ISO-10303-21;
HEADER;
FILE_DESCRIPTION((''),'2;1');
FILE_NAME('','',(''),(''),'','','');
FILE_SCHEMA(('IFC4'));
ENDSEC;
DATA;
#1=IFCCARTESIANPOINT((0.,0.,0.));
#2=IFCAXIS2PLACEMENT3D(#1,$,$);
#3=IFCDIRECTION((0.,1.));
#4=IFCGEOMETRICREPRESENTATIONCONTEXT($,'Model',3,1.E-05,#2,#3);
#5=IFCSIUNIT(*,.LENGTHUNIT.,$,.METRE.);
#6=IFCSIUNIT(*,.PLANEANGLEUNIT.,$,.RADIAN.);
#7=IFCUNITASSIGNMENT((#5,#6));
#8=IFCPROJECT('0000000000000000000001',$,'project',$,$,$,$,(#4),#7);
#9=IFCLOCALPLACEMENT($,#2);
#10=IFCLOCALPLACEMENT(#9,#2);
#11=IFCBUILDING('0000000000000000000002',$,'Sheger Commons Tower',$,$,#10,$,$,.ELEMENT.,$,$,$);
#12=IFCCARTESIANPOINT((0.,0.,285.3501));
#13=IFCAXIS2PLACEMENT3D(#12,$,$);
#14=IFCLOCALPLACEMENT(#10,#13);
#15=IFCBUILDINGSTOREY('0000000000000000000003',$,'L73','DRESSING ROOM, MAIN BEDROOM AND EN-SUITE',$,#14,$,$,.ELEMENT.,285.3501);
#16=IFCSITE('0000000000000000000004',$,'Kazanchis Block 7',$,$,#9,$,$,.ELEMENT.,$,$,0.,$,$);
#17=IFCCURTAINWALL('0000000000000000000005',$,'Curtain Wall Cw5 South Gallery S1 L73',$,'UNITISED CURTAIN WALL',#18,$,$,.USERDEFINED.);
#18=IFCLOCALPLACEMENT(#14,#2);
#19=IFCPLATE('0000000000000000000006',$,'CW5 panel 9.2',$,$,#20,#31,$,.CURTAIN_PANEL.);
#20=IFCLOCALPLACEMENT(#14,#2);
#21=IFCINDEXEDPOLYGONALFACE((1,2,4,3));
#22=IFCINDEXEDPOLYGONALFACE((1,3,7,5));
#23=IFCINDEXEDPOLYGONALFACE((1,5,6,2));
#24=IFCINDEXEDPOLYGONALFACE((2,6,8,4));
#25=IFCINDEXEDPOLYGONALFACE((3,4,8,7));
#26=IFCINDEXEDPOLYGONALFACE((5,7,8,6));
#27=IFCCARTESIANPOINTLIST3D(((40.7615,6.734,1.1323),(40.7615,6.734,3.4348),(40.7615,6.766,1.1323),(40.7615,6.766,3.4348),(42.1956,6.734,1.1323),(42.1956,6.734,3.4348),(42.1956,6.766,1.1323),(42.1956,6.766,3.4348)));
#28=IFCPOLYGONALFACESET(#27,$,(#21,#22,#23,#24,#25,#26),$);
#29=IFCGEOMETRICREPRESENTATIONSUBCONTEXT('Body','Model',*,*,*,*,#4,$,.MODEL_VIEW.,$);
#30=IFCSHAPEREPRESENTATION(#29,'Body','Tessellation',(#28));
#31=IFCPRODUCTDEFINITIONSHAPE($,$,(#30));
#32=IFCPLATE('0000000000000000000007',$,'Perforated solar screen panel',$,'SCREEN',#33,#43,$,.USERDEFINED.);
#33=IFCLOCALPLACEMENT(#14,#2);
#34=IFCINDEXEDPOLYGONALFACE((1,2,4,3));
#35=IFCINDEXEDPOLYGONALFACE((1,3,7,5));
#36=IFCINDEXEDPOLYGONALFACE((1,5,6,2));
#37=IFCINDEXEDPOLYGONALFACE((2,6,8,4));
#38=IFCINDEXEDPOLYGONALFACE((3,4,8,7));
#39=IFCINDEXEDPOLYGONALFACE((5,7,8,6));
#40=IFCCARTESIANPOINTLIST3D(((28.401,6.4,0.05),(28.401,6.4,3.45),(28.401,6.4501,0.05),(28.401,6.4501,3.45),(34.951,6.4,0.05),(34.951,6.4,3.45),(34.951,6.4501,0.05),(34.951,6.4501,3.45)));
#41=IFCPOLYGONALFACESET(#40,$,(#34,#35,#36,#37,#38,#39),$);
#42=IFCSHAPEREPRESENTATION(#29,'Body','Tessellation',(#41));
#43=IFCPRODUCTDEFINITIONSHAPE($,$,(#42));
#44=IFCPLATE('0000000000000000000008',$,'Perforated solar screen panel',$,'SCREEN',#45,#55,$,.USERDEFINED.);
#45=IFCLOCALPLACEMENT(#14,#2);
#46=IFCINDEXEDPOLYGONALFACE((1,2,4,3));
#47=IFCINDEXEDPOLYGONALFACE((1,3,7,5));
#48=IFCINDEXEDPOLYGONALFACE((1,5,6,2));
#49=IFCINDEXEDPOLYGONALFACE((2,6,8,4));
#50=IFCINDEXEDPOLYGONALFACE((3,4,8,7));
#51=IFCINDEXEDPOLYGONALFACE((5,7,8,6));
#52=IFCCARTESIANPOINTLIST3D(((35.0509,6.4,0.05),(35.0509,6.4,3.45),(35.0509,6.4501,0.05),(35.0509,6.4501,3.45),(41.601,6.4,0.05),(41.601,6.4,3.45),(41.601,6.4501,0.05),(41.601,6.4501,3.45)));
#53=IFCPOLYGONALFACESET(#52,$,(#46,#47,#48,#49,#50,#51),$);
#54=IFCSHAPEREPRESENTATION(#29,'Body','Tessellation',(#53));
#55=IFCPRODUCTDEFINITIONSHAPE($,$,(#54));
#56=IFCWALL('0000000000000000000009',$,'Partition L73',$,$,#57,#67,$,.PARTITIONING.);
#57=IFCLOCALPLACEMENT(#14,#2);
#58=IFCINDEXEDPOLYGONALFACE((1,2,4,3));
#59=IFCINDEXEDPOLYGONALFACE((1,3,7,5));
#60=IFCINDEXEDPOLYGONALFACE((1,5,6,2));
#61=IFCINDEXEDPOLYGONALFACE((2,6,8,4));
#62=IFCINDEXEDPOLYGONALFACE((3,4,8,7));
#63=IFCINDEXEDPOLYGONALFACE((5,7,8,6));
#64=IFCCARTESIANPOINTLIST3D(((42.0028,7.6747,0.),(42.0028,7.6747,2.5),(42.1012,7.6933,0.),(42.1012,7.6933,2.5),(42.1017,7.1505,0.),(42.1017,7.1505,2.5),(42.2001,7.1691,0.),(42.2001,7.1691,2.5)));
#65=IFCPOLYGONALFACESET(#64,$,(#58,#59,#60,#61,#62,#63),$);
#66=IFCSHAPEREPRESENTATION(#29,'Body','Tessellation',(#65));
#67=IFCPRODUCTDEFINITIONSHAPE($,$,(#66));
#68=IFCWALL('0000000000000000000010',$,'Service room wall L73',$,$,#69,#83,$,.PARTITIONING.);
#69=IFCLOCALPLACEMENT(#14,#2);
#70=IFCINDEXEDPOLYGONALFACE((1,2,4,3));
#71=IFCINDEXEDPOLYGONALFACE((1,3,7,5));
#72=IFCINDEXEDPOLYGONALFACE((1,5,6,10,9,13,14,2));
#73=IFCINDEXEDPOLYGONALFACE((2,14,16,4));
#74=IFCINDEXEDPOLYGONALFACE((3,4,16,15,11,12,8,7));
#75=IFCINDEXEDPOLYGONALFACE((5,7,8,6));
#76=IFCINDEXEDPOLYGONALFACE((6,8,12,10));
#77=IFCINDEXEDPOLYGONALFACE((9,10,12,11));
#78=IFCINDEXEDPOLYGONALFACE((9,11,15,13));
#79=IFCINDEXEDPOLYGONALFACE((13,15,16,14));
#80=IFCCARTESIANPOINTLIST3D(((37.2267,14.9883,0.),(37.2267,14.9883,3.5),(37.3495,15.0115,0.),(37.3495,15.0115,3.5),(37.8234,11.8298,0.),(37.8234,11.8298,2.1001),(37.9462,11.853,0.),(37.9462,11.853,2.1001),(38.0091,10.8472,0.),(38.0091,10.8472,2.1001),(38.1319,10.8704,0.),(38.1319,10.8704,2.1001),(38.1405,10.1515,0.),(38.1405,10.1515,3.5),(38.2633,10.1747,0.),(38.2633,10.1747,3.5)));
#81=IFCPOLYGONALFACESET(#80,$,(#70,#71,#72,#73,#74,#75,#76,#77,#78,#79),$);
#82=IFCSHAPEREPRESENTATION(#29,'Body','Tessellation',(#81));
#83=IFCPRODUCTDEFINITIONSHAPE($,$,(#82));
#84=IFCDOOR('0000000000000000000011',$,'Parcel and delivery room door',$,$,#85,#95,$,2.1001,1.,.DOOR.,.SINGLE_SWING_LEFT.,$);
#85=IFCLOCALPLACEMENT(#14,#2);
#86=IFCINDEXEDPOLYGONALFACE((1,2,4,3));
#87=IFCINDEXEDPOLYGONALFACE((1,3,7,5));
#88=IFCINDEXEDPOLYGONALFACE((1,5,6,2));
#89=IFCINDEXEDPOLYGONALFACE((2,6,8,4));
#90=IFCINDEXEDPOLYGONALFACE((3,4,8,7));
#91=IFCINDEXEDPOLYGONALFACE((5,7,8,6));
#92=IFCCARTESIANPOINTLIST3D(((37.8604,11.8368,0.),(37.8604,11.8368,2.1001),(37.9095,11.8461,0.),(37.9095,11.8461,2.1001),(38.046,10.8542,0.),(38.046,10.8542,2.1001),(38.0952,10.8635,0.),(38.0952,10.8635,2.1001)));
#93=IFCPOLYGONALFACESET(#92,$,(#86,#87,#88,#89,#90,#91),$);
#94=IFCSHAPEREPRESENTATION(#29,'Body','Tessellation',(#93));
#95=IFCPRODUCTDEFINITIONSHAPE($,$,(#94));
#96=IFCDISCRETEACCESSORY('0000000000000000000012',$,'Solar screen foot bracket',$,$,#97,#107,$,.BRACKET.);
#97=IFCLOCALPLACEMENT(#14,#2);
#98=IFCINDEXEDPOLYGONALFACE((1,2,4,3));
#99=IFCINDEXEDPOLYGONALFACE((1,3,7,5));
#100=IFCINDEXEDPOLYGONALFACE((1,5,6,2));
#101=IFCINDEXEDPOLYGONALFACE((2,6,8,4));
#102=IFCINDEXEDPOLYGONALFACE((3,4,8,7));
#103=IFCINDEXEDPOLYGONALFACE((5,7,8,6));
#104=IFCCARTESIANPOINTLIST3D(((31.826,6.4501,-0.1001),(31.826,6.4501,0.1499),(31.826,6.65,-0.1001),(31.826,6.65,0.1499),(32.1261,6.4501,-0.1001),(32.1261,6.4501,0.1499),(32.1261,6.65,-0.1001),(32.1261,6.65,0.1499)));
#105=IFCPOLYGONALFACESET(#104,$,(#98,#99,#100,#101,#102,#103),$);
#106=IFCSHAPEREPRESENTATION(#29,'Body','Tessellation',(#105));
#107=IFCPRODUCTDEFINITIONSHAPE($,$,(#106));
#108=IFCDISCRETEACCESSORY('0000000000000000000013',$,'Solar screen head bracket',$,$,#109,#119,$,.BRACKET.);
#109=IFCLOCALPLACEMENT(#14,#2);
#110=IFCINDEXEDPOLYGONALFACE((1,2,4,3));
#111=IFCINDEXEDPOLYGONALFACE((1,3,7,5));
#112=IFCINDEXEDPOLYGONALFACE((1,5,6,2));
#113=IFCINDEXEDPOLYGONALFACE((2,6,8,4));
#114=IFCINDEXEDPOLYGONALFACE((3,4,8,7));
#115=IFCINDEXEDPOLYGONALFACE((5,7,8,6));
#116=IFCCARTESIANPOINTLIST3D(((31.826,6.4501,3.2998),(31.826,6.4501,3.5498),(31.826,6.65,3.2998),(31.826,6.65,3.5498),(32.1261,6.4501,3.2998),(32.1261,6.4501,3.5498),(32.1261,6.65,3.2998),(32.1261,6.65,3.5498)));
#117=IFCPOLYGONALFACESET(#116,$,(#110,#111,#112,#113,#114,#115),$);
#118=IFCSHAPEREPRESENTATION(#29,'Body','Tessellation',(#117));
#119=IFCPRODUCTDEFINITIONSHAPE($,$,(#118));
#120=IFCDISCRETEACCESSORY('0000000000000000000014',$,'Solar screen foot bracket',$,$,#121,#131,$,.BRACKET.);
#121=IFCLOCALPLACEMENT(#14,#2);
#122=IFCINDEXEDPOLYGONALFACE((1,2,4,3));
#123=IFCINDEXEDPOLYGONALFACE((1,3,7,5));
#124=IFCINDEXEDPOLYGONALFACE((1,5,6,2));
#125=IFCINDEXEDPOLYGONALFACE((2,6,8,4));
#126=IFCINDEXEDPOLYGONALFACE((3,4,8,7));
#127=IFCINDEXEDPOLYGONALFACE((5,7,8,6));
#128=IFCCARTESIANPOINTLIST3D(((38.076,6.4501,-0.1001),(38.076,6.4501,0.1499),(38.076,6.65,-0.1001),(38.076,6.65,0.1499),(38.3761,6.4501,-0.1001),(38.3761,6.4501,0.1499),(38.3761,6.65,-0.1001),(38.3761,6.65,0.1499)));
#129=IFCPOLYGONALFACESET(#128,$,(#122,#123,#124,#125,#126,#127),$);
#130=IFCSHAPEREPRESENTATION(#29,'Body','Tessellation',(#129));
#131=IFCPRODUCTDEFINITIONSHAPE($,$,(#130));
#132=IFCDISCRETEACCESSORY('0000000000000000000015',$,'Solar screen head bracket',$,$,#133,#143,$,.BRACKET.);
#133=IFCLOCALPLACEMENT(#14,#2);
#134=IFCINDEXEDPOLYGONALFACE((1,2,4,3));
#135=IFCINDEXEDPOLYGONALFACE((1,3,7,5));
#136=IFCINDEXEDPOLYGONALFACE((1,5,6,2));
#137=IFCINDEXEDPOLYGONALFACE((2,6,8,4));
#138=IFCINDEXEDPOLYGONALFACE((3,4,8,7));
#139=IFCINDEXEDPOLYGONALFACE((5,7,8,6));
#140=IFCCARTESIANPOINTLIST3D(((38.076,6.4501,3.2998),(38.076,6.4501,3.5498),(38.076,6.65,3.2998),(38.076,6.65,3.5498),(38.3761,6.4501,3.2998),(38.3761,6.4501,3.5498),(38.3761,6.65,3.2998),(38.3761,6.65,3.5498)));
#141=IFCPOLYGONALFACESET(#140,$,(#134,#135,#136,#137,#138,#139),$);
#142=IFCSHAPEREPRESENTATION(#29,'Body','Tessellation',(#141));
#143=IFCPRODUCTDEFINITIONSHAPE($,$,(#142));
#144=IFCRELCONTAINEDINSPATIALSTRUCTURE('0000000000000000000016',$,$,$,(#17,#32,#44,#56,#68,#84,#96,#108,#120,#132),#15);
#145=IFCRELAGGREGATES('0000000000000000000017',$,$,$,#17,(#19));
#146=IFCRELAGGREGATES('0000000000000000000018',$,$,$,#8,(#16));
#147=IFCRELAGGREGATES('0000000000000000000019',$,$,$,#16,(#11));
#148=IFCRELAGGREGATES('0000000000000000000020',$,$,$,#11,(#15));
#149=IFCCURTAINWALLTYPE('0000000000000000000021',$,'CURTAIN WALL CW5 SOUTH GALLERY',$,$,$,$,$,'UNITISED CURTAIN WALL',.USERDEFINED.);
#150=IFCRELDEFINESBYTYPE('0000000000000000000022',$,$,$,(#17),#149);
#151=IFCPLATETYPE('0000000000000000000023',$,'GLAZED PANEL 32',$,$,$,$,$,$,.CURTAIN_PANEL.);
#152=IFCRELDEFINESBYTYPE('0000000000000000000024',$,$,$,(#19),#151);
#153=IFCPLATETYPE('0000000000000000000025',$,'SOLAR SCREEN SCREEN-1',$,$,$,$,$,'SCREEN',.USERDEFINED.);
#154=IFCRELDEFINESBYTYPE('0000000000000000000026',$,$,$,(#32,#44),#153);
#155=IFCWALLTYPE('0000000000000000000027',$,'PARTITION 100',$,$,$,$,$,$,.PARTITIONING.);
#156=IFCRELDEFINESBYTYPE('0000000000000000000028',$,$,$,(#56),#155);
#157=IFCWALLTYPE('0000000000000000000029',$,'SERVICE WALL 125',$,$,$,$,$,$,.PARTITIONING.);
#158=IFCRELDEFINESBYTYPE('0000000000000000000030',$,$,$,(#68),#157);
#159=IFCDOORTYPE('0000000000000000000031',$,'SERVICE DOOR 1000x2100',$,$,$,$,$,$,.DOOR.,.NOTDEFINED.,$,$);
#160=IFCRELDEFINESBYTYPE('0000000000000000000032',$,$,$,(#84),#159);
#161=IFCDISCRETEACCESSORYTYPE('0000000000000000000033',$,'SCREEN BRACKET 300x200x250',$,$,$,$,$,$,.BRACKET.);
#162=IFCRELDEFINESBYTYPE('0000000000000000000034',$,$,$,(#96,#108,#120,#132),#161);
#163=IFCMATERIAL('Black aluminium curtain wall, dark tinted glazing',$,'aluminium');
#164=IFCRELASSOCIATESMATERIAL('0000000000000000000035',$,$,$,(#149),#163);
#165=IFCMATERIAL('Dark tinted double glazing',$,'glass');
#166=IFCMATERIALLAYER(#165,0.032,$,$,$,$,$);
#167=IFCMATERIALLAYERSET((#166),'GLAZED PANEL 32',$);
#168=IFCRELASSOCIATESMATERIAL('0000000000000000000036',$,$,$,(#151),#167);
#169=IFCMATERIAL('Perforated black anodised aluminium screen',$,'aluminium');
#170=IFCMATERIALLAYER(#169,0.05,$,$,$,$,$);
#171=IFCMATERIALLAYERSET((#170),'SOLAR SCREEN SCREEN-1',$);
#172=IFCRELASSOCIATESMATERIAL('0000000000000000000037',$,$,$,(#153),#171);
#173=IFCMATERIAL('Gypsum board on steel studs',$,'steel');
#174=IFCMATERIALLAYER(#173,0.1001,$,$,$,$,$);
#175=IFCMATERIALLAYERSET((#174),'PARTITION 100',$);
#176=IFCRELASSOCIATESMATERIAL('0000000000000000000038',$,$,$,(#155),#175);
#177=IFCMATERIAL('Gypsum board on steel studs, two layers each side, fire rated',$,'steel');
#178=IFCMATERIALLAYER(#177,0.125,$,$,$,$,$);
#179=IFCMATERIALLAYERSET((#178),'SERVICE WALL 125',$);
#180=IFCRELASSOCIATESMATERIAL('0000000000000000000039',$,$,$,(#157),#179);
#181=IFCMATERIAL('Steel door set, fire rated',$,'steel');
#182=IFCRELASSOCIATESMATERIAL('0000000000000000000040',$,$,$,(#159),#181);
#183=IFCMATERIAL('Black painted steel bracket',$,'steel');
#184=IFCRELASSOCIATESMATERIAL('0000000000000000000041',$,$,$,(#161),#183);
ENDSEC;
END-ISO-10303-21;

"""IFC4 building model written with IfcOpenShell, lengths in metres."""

from ifc_helpers import new_model, si_unit, direction, frame, frame_2d, origin, origin_2d, place, context, subcontext, project, spatial, rectangle, extrude, material, layer, layer_set, type_object, element, fill, aggregate, save


model = new_model("IFC4")

# Units and contexts
model_context = context("Model", 3, precision=1e-05, world=origin(), true_north=direction((0.0, 1.0)))
body_context = subcontext(model_context, "Body", "Model", "MODEL_VIEW")
ifc_project = project(units=[si_unit("LENGTHUNIT", "METRE"), si_unit("PLANEANGLEUNIT", "RADIAN")], contexts=[model_context])

# Site, building, storey
site_placement = place(None, origin())
site = spatial("IfcSite", under=ifc_project, at=site_placement, Name="Kazanchis Block 7", CompositionType="ELEMENT", RefElevation=0.0)
building_placement = place(site_placement, origin())
building = spatial("IfcBuilding", under=site, at=building_placement, Name="Sheger Commons Tower", CompositionType="ELEMENT")
storey_placement = place(building_placement, frame((0.0, 0.0, 285.3501)))
storey = spatial("IfcBuildingStorey", under=building, at=storey_placement, Name="L73", Description="DRESSING ROOM, MAIN BEDROOM AND EN-SUITE", CompositionType="ELEMENT", Elevation=285.3501)

# Curtain wall
ifc_material_1 = material(Name="Black aluminium curtain wall, dark tinted glazing", Category="aluminium")
curtain_wall_type = type_object("IfcCurtainWallType", Name="CURTAIN WALL CW5 SOUTH GALLERY", ElementType="UNITISED CURTAIN WALL", PredefinedType="USERDEFINED", material=ifc_material_1)
curtain_wall_placement = place(storey_placement, origin())
curtain_wall = element("IfcCurtainWall", 1, at=curtain_wall_placement, inside=storey, type_object=curtain_wall_type, Name="Curtain Wall Cw5 South Gallery S1 L73", ObjectType="UNITISED CURTAIN WALL", PredefinedType="USERDEFINED")

# Plate
ifc_material_2 = material(Name="Dark tinted double glazing", Category="glass")
ifc_layer_1 = layer(ifc_material_2, 0.032)
ifc_layer_set_1 = layer_set([ifc_layer_1], Name="GLAZED PANEL 32")
plate_type_1 = type_object("IfcPlateType", Name="GLAZED PANEL 32", PredefinedType="CURTAIN_PANEL", material=ifc_layer_set_1)
plate_1_placement = place(storey_placement, frame((41.4785, 6.75, 1.1323), z_axis=(0.0, 0.0, 1.0), x_axis=(1.0, 0.0, 0.0)))
plate_1 = element("IfcPlate", 2, at=plate_1_placement, type_object=plate_type_1, Name="CW5 panel 9.2", PredefinedType="CURTAIN_PANEL", context=body_context, shape_type="SweptSolid", body=[
    extrude(rectangle(XDim=1.4341, YDim=0.032, at=origin_2d()), origin(), (0.0, 0.0, 1.0), 2.3025),
])
aggregate(curtain_wall, [plate_1])

# Plates
ifc_material_3 = material(Name="Perforated black anodised aluminium screen", Category="aluminium")
ifc_layer_2 = layer(ifc_material_3, 0.05)
ifc_layer_set_2 = layer_set([ifc_layer_2], Name="SOLAR SCREEN SCREEN-1")
plate_type_2 = type_object("IfcPlateType", Name="SOLAR SCREEN SCREEN-1", ElementType="SCREEN", PredefinedType="USERDEFINED", material=ifc_layer_set_2)
for number, where, z_axis, x_axis, name in (
    (3, (31.676, 6.425, 0.05), (0.0, 0.0, 1.0), (1.0, 0.0, 0.0), "Perforated solar screen panel"),
    (4, (38.3259, 6.425, 0.05), (0.0, 0.0, 1.0), (1.0, 0.0, 0.0), "Perforated solar screen panel"),
):
    element("IfcPlate", number, at=place(storey_placement, frame(where, z_axis=z_axis, x_axis=x_axis)), inside=storey, type_object=plate_type_2, Name=name, ObjectType="SCREEN", PredefinedType="USERDEFINED", context=body_context, shape_type="SweptSolid", body=[
        extrude(rectangle(XDim=6.55, YDim=0.05, at=origin_2d()), origin(), (0.0, 0.0, 1.0), 3.3999),
    ])

# Wall
ifc_material_4 = material(Name="Gypsum board on steel studs", Category="steel")
ifc_layer_3 = layer(ifc_material_4, 0.1001)
ifc_layer_set_3 = layer_set([ifc_layer_3], Name="PARTITION 100")
wall_type_1 = type_object("IfcWallType", Name="PARTITION 100", PredefinedType="PARTITIONING", material=ifc_layer_set_3)
wall_1_placement = place(storey_placement, frame((42.1509, 7.1599, 0.0), z_axis=(0.0, 0.0, 1.0), x_axis=(-0.185366, 0.98267, 0.0)))
element("IfcWall", 5, at=wall_1_placement, inside=storey, type_object=wall_type_1, Name="Partition L73", PredefinedType="PARTITIONING", context=body_context, shape_type="SweptSolid", body=[
    extrude(rectangle(XDim=0.5334, YDim=0.1001, at=frame_2d((0.2666, 0.0))), origin(), (0.0, 0.0, 1.0), 2.5),
])

# Wall, opening, door
ifc_material_5 = material(Name="Gypsum board on steel studs, two layers each side, fire rated", Category="steel")
ifc_layer_4 = layer(ifc_material_5, 0.125)
ifc_layer_set_4 = layer_set([ifc_layer_4], Name="SERVICE WALL 125")
wall_type_2 = type_object("IfcWallType", Name="SERVICE WALL 125", PredefinedType="PARTITIONING", material=ifc_layer_set_4)
wall_2_placement = place(storey_placement, frame((38.2019, 10.1631, 0.0), z_axis=(0.0, 0.0, 1.0), x_axis=(-0.185642, 0.982617, 0.0)))
wall_2 = element("IfcWall", 6, at=wall_2_placement, inside=storey, type_object=wall_type_2, Name="Service room wall L73", PredefinedType="PARTITIONING", context=body_context, shape_type="SweptSolid", body=[
    extrude(rectangle(XDim=4.9224, YDim=0.125, at=frame_2d((2.4612, 0.0))), origin(), (0.0, 0.0, 1.0), 3.5),
])
opening_placement = place(wall_2_placement, frame((0.708, 0.0, 0.0)))
opening = element("IfcOpeningElement", 7, at=opening_placement, cuts=wall_2, PredefinedType="OPENING", context=body_context, shape_type="SweptSolid", body=[
    extrude(rectangle(XDim=1.0, YDim=2.1001, at=frame_2d((0.5, 1.05))), frame((0.0, 0.0725, 0.0), z_axis=(0.0, -1.0, 0.0), x_axis=(1.0, 0.0, 0.0)), (0.0, 0.0, 1.0), 0.145),
])
ifc_material_6 = material(Name="Steel door set, fire rated", Category="steel")
door_type = type_object("IfcDoorType", Name="SERVICE DOOR 1000x2100", OperationType="NOTDEFINED", PredefinedType="DOOR", material=ifc_material_6)
door_placement = place(opening_placement, origin())
door = element("IfcDoor", 8, at=door_placement, inside=storey, type_object=door_type, Name="Parcel and delivery room door", OperationType="SINGLE_SWING_LEFT", OverallHeight=2.1001, OverallWidth=1.0, PredefinedType="DOOR", context=body_context, shape_type="SweptSolid", body=[
    extrude(rectangle(XDim=1.0, YDim=2.1001, at=frame_2d((0.5, 1.05))), frame((0.0, 0.0249, 0.0), z_axis=(0.0, -1.0, 0.0), x_axis=(1.0, 0.0, 0.0)), (0.0, 0.0, 1.0), 0.05),
])
fill(opening, door)

# Discrete accessories
ifc_material_7 = material(Name="Black painted steel bracket", Category="steel")
discrete_accessory_type = type_object("IfcDiscreteAccessoryType", Name="SCREEN BRACKET 300x200x250", PredefinedType="BRACKET", material=ifc_material_7)
for number, where, z_axis, x_axis, name in (
    (9, (31.9761, 6.55, -0.1001), (0.0, 0.0, 1.0), (1.0, 0.0, 0.0), "Solar screen foot bracket"),
    (10, (31.9761, 6.55, 3.2998), (0.0, 0.0, 1.0), (1.0, 0.0, 0.0), "Solar screen head bracket"),
    (11, (38.2261, 6.55, -0.1001), (0.0, 0.0, 1.0), (1.0, 0.0, 0.0), "Solar screen foot bracket"),
    (12, (38.2261, 6.55, 3.2998), (0.0, 0.0, 1.0), (1.0, 0.0, 0.0), "Solar screen head bracket"),
):
    element("IfcDiscreteAccessory", number, at=place(storey_placement, frame(where, z_axis=z_axis, x_axis=x_axis)), inside=storey, type_object=discrete_accessory_type, Name=name, PredefinedType="BRACKET", context=body_context, shape_type="SweptSolid", body=[
        extrude(rectangle(XDim=0.3, YDim=0.2, at=origin_2d()), origin(), (0.0, 0.0, 1.0), 0.25),
    ])

save(model, "model.ifc")
